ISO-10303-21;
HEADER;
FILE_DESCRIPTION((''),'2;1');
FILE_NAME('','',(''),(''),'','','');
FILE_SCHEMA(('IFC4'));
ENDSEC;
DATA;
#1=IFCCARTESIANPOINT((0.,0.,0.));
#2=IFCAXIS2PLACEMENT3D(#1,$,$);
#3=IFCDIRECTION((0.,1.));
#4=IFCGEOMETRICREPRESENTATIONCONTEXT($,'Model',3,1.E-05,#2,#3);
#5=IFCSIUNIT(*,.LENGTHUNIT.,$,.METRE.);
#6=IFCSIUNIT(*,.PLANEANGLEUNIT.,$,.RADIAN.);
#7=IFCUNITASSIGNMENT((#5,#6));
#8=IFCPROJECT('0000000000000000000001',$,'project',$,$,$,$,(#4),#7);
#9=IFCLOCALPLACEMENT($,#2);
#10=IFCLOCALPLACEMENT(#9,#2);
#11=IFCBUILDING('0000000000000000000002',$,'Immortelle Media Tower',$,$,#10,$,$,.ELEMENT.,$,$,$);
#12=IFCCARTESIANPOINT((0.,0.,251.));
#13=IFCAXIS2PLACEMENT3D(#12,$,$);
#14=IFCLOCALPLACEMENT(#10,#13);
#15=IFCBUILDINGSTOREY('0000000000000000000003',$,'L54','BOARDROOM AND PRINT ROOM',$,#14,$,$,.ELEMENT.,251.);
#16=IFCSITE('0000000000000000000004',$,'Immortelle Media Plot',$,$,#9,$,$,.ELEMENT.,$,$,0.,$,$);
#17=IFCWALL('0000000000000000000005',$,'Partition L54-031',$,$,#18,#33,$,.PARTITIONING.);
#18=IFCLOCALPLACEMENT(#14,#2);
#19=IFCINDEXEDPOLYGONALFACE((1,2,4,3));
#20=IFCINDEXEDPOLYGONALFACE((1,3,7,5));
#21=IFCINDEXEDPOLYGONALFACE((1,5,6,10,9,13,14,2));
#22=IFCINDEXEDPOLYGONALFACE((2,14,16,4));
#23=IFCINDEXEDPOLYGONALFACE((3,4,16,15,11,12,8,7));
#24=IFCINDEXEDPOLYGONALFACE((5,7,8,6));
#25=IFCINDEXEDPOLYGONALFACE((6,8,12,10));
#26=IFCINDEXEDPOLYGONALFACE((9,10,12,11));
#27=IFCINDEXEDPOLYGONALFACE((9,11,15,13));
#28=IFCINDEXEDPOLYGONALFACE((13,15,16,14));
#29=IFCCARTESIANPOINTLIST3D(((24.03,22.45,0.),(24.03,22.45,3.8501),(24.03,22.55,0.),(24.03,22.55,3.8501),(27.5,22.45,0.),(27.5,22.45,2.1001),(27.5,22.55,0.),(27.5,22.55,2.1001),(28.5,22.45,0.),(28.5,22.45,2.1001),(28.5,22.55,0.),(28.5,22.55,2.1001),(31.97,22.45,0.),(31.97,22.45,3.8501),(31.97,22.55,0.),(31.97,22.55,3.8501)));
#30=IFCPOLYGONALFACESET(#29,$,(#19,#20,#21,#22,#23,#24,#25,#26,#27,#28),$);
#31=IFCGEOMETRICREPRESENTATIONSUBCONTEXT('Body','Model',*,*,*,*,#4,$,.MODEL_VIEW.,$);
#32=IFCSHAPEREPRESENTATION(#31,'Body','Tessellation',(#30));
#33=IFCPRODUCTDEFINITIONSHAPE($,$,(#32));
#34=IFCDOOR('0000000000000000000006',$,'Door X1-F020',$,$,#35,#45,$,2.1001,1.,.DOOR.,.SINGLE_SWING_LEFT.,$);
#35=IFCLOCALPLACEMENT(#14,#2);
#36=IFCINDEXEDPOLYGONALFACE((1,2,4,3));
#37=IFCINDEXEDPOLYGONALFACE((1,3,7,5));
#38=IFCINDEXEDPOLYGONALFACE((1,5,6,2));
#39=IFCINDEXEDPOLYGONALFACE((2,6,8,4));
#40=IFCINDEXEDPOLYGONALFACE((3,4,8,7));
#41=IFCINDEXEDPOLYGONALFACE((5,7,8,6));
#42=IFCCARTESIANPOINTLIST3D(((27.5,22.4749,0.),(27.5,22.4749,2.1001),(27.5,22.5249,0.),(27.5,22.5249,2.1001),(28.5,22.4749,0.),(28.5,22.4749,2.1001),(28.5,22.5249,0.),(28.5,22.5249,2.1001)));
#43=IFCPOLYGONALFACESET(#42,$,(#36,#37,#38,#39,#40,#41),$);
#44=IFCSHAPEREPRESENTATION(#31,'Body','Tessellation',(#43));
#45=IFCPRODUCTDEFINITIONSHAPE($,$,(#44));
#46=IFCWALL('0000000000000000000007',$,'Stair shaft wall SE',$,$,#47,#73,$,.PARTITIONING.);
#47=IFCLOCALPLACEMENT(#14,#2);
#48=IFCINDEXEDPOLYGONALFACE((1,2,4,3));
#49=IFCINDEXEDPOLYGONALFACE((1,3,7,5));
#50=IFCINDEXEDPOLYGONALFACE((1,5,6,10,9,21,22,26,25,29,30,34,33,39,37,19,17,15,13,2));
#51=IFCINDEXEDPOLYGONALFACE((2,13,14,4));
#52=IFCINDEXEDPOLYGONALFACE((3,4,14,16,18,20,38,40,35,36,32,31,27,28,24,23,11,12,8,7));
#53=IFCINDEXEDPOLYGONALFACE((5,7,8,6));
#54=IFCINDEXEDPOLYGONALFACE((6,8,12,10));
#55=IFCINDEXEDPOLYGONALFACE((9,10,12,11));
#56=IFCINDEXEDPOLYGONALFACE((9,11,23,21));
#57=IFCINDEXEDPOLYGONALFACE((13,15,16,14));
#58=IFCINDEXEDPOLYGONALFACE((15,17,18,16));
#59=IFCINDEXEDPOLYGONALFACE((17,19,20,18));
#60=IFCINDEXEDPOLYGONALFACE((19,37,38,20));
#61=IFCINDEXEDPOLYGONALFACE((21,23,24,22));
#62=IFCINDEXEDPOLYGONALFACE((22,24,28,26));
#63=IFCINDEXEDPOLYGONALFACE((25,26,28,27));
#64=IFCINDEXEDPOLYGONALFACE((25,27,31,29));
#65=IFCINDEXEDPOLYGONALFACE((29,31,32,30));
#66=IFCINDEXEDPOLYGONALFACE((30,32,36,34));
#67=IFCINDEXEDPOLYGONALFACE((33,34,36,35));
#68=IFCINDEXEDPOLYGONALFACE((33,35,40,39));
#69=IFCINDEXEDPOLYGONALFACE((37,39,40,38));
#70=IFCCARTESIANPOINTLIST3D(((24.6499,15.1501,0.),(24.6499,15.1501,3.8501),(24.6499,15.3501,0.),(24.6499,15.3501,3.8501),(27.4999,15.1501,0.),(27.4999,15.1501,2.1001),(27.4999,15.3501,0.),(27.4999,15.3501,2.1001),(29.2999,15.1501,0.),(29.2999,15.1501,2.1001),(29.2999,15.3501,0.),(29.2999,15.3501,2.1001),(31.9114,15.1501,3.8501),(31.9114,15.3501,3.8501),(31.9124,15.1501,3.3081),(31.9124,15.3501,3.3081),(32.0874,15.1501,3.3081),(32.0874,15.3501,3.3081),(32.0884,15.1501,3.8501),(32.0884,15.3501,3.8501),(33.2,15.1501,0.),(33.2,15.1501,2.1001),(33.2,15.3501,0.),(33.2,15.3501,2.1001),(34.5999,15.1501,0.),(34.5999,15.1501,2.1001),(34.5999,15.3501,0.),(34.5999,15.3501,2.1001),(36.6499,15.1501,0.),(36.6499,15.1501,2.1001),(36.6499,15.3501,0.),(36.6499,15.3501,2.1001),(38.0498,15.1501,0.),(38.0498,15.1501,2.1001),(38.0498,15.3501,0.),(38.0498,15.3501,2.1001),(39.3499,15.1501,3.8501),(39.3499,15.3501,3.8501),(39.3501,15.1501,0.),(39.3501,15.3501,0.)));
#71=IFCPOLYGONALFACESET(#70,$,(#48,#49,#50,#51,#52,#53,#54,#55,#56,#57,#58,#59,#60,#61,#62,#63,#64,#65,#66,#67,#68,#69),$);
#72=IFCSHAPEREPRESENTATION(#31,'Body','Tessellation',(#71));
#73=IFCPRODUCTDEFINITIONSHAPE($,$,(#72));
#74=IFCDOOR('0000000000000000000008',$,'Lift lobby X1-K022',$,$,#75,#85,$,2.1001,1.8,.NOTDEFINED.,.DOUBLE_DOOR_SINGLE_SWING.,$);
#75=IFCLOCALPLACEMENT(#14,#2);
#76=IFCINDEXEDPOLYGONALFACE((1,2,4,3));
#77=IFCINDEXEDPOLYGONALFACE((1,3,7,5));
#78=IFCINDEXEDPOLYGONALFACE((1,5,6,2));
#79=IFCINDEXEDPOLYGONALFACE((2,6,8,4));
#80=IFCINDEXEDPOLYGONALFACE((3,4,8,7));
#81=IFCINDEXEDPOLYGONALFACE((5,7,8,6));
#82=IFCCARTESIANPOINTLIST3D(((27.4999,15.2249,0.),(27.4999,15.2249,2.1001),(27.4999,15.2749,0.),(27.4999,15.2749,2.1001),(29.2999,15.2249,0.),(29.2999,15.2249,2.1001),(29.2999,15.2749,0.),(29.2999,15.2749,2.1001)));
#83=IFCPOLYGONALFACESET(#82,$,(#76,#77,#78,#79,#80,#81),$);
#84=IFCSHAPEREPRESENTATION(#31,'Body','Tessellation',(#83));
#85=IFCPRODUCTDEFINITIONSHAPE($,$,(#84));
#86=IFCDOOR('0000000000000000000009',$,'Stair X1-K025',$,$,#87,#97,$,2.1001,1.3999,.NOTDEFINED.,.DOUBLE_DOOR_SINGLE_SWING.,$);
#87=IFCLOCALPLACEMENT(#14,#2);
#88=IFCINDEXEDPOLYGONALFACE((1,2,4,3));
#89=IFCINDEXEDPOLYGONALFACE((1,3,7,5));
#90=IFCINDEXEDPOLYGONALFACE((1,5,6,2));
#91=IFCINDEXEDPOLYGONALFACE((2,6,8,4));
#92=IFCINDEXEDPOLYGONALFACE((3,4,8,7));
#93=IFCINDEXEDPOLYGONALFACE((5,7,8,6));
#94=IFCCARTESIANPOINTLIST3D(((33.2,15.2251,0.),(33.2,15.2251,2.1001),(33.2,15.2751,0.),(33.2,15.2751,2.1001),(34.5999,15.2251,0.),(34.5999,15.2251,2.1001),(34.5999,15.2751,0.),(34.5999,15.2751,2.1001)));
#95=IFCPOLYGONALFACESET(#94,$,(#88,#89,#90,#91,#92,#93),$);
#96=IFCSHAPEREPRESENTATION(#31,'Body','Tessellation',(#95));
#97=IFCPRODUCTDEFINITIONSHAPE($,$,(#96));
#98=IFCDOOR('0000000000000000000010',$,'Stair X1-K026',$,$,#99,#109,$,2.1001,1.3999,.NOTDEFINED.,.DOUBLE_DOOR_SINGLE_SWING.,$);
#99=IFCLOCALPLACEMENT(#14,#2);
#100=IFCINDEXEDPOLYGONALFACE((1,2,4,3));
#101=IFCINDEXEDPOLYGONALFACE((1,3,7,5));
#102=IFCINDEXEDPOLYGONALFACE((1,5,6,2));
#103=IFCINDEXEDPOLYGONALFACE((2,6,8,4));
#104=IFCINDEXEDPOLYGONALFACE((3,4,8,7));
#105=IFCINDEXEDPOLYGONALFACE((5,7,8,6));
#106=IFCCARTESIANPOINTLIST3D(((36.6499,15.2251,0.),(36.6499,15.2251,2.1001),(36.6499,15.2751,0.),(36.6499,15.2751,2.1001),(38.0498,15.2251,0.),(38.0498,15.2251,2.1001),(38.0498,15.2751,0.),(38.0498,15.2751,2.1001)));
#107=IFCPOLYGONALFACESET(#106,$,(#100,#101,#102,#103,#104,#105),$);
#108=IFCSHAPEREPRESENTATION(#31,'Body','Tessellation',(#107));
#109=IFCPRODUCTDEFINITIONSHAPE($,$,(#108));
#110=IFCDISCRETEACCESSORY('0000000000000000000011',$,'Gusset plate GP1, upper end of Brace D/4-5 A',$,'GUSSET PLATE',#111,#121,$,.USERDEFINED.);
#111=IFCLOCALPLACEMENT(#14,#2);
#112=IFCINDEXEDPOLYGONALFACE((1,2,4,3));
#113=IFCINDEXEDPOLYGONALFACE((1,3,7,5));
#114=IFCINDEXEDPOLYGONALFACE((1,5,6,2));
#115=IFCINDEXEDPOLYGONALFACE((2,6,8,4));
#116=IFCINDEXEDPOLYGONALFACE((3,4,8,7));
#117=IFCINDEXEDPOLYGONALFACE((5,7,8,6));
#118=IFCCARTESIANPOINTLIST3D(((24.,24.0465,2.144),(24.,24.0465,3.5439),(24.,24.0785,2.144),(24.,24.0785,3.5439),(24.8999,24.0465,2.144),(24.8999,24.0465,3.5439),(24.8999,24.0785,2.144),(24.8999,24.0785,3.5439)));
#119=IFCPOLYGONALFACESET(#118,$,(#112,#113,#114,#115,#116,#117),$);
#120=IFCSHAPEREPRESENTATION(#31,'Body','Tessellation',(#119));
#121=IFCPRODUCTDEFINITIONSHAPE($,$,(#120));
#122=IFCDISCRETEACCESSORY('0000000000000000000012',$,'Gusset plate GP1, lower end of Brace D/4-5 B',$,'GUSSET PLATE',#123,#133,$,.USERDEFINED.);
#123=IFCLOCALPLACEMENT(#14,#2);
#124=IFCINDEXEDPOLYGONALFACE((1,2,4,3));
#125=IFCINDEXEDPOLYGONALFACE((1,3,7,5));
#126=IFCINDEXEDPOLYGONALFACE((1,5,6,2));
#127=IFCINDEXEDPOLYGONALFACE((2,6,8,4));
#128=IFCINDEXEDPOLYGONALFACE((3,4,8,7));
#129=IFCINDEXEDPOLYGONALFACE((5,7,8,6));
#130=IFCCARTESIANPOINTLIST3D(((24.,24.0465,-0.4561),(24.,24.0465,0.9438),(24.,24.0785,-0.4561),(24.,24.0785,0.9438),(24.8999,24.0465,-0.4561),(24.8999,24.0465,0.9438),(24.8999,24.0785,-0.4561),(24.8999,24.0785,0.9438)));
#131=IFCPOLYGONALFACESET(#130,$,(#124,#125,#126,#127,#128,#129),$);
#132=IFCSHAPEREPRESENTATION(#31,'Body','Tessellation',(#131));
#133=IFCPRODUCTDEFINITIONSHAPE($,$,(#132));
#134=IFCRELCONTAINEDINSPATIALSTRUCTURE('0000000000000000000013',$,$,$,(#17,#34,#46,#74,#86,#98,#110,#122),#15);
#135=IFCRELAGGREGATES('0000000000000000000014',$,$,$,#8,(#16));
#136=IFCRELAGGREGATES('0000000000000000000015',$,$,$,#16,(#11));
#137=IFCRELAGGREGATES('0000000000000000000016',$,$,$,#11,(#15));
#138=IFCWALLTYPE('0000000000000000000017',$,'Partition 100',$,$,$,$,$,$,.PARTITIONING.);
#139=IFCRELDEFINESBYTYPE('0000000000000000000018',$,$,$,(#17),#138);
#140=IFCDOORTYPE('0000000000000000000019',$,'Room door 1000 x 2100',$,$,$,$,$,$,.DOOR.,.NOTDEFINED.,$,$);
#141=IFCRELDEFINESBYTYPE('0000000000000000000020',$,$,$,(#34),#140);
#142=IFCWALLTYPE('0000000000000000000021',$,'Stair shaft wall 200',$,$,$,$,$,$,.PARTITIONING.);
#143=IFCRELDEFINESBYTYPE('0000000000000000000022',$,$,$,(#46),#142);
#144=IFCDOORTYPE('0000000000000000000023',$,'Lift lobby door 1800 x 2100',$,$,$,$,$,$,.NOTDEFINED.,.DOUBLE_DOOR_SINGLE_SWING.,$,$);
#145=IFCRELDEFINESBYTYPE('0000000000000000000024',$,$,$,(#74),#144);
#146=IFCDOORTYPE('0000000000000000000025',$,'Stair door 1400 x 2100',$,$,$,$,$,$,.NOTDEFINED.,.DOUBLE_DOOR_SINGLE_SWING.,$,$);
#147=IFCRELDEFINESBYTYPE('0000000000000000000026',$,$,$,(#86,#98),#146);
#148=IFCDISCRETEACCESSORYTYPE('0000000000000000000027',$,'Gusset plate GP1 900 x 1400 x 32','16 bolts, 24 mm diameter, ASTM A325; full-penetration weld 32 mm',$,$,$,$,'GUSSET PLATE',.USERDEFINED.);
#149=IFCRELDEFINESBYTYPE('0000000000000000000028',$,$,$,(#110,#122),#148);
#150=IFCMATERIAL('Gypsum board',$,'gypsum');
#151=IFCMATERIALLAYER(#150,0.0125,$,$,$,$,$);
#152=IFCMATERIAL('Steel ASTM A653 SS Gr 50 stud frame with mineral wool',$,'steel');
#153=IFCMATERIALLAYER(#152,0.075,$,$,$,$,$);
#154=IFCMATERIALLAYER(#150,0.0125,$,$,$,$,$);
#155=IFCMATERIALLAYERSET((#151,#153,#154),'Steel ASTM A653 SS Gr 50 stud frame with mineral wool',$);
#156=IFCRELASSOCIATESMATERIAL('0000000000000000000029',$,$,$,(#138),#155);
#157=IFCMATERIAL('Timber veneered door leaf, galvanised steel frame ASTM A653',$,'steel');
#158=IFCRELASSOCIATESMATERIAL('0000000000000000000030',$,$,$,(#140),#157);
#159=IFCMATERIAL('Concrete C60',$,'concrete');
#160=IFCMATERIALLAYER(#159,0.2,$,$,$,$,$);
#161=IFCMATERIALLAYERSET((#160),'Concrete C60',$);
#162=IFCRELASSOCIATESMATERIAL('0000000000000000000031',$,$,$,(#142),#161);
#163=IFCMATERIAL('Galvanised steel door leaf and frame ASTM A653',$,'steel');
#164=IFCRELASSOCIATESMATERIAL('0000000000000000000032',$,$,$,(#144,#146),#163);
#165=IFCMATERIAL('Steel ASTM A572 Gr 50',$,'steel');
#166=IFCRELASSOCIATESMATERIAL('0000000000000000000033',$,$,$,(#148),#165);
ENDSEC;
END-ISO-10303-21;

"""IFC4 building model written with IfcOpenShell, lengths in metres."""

from ifc_helpers import new_model, si_unit, direction, frame, frame_2d, origin, origin_2d, place, context, subcontext, project, spatial, polyline, rectangle, outline, extrude, material, layer, layer_set, material_profile, profile_set, type_object, element, fill, save


model = new_model("IFC4")

# Units and contexts
model_context = context("Model", 3, precision=1e-05, world=origin(), true_north=direction((0.0, 1.0)))
body_context = subcontext(model_context, "Body", "Model", "MODEL_VIEW")
ifc_project = project(units=[si_unit("LENGTHUNIT", "METRE"), si_unit("PLANEANGLEUNIT", "RADIAN")], contexts=[model_context])

# Site, building, storey
site_placement = place(None, origin())
site = spatial("IfcSite", under=ifc_project, at=site_placement, Name="Immortelle Media Plot", CompositionType="ELEMENT", RefElevation=0.0)
building_placement = place(site_placement, origin())
building = spatial("IfcBuilding", under=site, at=building_placement, Name="Immortelle Media Tower", CompositionType="ELEMENT")
storey_placement = place(building_placement, frame((0.0, 0.0, 251.0)))
storey = spatial("IfcBuildingStorey", under=building, at=storey_placement, Name="L54", Description="BOARDROOM AND PRINT ROOM", CompositionType="ELEMENT", Elevation=251.0)

# Shared definitions
ifc_material_1 = material(Name="Steel ASTM A653 SS Gr 50 stud frame with mineral wool", Category="steel")

# Wall, opening, door
ifc_material_2 = material(Name="Gypsum board", Category="gypsum")
ifc_layer_1 = layer(ifc_material_2, 0.0125)
ifc_layer_2 = layer(ifc_material_1, 0.075)
ifc_layer_3 = layer(ifc_material_2, 0.0125)
ifc_layer_set_1 = layer_set([ifc_layer_1, ifc_layer_2, ifc_layer_3], Name="Steel ASTM A653 SS Gr 50 stud frame with mineral wool")
wall_type_1 = type_object("IfcWallType", Name="Partition 100", PredefinedType="PARTITIONING", material=ifc_layer_set_1)
wall_1_placement = place(storey_placement, frame((24.03, 22.5, 0.0), z_axis=(0.0, 0.0, 1.0), x_axis=(1.0, 0.0, 0.0)))
wall_1 = element("IfcWall", 1, at=wall_1_placement, inside=storey, type_object=wall_type_1, Name="Partition L54-031", PredefinedType="PARTITIONING", context=body_context, shape_type="SweptSolid", body=[
    extrude(rectangle(XDim=7.9399, YDim=0.1001, at=frame_2d((3.97, 0.0))), origin(), (0.0, 0.0, 1.0), 3.8501),
])
opening_1_placement = place(wall_1_placement, frame((3.47, 0.0, 0.0)))
opening_1 = element("IfcOpeningElement", 2, at=opening_1_placement, cuts=wall_1, PredefinedType="OPENING", context=body_context, shape_type="SweptSolid", body=[
    extrude(rectangle(XDim=1.0, YDim=2.1001, at=frame_2d((0.5, 1.05))), frame((0.0, 0.0601, 0.0), z_axis=(0.0, -1.0, 0.0), x_axis=(1.0, 0.0, 0.0)), (0.0, 0.0, 1.0), 0.1201),
])
ifc_material_3 = material(Name="Timber veneered door leaf, galvanised steel frame ASTM A653", Category="steel")
door_type_1 = type_object("IfcDoorType", Name="Room door 1000 x 2100", OperationType="NOTDEFINED", PredefinedType="DOOR", material=ifc_material_3)
door_1_placement = place(opening_1_placement, origin())
door_1 = element("IfcDoor", 3, at=door_1_placement, inside=storey, type_object=door_type_1, Name="Door X1-F020", OperationType="SINGLE_SWING_LEFT", OverallHeight=2.1001, OverallWidth=1.0, PredefinedType="DOOR", context=body_context, shape_type="SweptSolid", body=[
    extrude(rectangle(XDim=1.0, YDim=2.1001, at=frame_2d((0.5, 1.05))), frame((0.0, 0.0249, 0.0), z_axis=(0.0, -1.0, 0.0), x_axis=(1.0, 0.0, 0.0)), (0.0, 0.0, 1.0), 0.05),
])
fill(opening_1, door_1)

# Wall, openings, doors
ifc_material_4 = material(Name="Concrete C60", Category="concrete")
ifc_layer_4 = layer(ifc_material_4, 0.2)
ifc_layer_set_2 = layer_set([ifc_layer_4], Name="Concrete C60")
wall_type_2 = type_object("IfcWallType", Name="Stair shaft wall 200", PredefinedType="PARTITIONING", material=ifc_layer_set_2)
wall_2_placement = place(storey_placement, frame((24.6499, 15.25, 0.0), z_axis=(0.0, 0.0, 1.0), x_axis=(1.0, 0.0, 0.0)))
wall_2 = element("IfcWall", 4, at=wall_2_placement, inside=storey, type_object=wall_type_2, Name="Stair shaft wall SE", PredefinedType="PARTITIONING", context=body_context, shape_type="SweptSolid", body=[
    extrude(outline(polyline([(0.0, 0.0), (14.7002, 0.0), (14.7, 3.8501), (7.4385, 3.8501), (7.4375, 3.3081), (7.2625, 3.3081), (7.2615, 3.8501), (0.0, 3.8501), (0.0, 0.0)])), frame((0.0, 0.1001, 0.0), z_axis=(0.0, -1.0, 0.0), x_axis=(1.0, 0.0, 0.0)), (0.0, 0.0, 1.0), 0.2),
])
opening_2_placement = place(wall_2_placement, frame((2.8501, 0.0, 0.0)))
opening_2 = element("IfcOpeningElement", 5, at=opening_2_placement, cuts=wall_2, PredefinedType="OPENING", context=body_context, shape_type="SweptSolid", body=[
    extrude(rectangle(XDim=1.8, YDim=2.1001, at=frame_2d((0.8999, 1.05))), frame((0.0, 0.1099, 0.0), z_axis=(0.0, -1.0, 0.0), x_axis=(1.0, 0.0, 0.0)), (0.0, 0.0, 1.0), 0.22),
])
opening_3_placement = place(wall_2_placement, frame((9.95, 0.0, 0.0), z_axis=(0.0, 0.0, 1.0), x_axis=(-1.0, 0.0, 0.0)))
opening_3 = element("IfcOpeningElement", 6, at=opening_3_placement, cuts=wall_2, PredefinedType="OPENING", context=body_context, shape_type="SweptSolid", body=[
    extrude(rectangle(XDim=1.3999, YDim=2.1001, at=frame_2d((0.7, 1.05))), frame((0.0, 0.1099, 0.0), z_axis=(0.0, -1.0, 0.0), x_axis=(1.0, 0.0, 0.0)), (0.0, 0.0, 1.0), 0.22),
])
opening_4_placement = place(wall_2_placement, frame((13.3999, 0.0, 0.0), z_axis=(0.0, 0.0, 1.0), x_axis=(-1.0, 0.0, 0.0)))
opening_4 = element("IfcOpeningElement", 7, at=opening_4_placement, cuts=wall_2, PredefinedType="OPENING", context=body_context, shape_type="SweptSolid", body=[
    extrude(rectangle(XDim=1.3999, YDim=2.1001, at=frame_2d((0.7, 1.05))), frame((0.0, 0.1099, 0.0), z_axis=(0.0, -1.0, 0.0), x_axis=(1.0, 0.0, 0.0)), (0.0, 0.0, 1.0), 0.22),
])
ifc_material_5 = material(Name="Galvanised steel door leaf and frame ASTM A653", Category="steel")
door_type_2 = type_object("IfcDoorType", Name="Lift lobby door 1800 x 2100", OperationType="DOUBLE_DOOR_SINGLE_SWING", PredefinedType="NOTDEFINED", material=ifc_material_5)
door_2_placement = place(opening_2_placement, origin())
door_2 = element("IfcDoor", 8, at=door_2_placement, inside=storey, type_object=door_type_2, Name="Lift lobby X1-K022", OperationType="DOUBLE_DOOR_SINGLE_SWING", OverallHeight=2.1001, OverallWidth=1.8, PredefinedType="NOTDEFINED", context=body_context, shape_type="SweptSolid", body=[
    extrude(rectangle(XDim=1.8, YDim=2.1001, at=frame_2d((0.8999, 1.05))), frame((0.0, 0.0249, 0.0), z_axis=(0.0, -1.0, 0.0), x_axis=(1.0, 0.0, 0.0)), (0.0, 0.0, 1.0), 0.05),
])
fill(opening_2, door_2)
door_type_3 = type_object("IfcDoorType", Name="Stair door 1400 x 2100", OperationType="DOUBLE_DOOR_SINGLE_SWING", PredefinedType="NOTDEFINED", material=ifc_material_5)
door_3_placement = place(opening_3_placement, origin())
door_3 = element("IfcDoor", 9, at=door_3_placement, inside=storey, type_object=door_type_3, Name="Stair X1-K025", OperationType="DOUBLE_DOOR_SINGLE_SWING", OverallHeight=2.1001, OverallWidth=1.3999, PredefinedType="NOTDEFINED", context=body_context, shape_type="SweptSolid", body=[
    extrude(rectangle(XDim=1.3999, YDim=2.1001, at=frame_2d((0.7, 1.05))), frame((0.0, 0.0249, 0.0), z_axis=(0.0, -1.0, 0.0), x_axis=(1.0, 0.0, 0.0)), (0.0, 0.0, 1.0), 0.05),
])
fill(opening_3, door_3)
door_4_placement = place(opening_4_placement, origin())
door_4 = element("IfcDoor", 10, at=door_4_placement, inside=storey, type_object=door_type_3, Name="Stair X1-K026", OperationType="DOUBLE_DOOR_SINGLE_SWING", OverallHeight=2.1001, OverallWidth=1.3999, PredefinedType="NOTDEFINED", context=body_context, shape_type="SweptSolid", body=[
    extrude(rectangle(XDim=1.3999, YDim=2.1001, at=frame_2d((0.7, 1.05))), frame((0.0, 0.0249, 0.0), z_axis=(0.0, -1.0, 0.0), x_axis=(1.0, 0.0, 0.0)), (0.0, 0.0, 1.0), 0.05),
])
fill(opening_4, door_4)

# Discrete accessories
ifc_material_6 = material(Name="Steel ASTM A572 Gr 50", Category="steel")
ifc_material_profile_1 = material_profile(ifc_material_6, rectangle(XDim=0.032, YDim=1.3999, at=origin_2d()), Name="PL 32 x 1400")
ifc_profile_set_1 = profile_set([ifc_material_profile_1], Name="Steel ASTM A572 Gr 50")
discrete_accessory_type = type_object("IfcDiscreteAccessoryType", Name="Gusset plate GP1 900 x 1400 x 32", Description="16 bolts, 24 mm diameter, ASTM A325; full-penetration weld 32 mm", ElementType="GUSSET PLATE", PredefinedType="USERDEFINED", material=ifc_profile_set_1)
for number, where, z_axis, x_axis, name in (
    (11, (24.0, 24.0625, 2.844), (1.0, 0.0, 0.0), (0.0, 1.0, 0.0), "Gusset plate GP1, upper end of Brace D/4-5 A"),
    (12, (24.0, 24.0625, 0.2439), (1.0, 0.0, 0.0), (0.0, 1.0, 0.0), "Gusset plate GP1, lower end of Brace D/4-5 B"),
):
    element("IfcDiscreteAccessory", number, at=place(storey_placement, frame(where, z_axis=z_axis, x_axis=x_axis)), inside=storey, type_object=discrete_accessory_type, Name=name, ObjectType="GUSSET PLATE", PredefinedType="USERDEFINED", context=body_context, shape_type="SweptSolid", body=[
        extrude(rectangle(XDim=0.032, YDim=1.3999, at=origin_2d()), origin(), (0.0, 0.0, 1.0), 0.8999),
    ])

save(model, "model.ifc")
